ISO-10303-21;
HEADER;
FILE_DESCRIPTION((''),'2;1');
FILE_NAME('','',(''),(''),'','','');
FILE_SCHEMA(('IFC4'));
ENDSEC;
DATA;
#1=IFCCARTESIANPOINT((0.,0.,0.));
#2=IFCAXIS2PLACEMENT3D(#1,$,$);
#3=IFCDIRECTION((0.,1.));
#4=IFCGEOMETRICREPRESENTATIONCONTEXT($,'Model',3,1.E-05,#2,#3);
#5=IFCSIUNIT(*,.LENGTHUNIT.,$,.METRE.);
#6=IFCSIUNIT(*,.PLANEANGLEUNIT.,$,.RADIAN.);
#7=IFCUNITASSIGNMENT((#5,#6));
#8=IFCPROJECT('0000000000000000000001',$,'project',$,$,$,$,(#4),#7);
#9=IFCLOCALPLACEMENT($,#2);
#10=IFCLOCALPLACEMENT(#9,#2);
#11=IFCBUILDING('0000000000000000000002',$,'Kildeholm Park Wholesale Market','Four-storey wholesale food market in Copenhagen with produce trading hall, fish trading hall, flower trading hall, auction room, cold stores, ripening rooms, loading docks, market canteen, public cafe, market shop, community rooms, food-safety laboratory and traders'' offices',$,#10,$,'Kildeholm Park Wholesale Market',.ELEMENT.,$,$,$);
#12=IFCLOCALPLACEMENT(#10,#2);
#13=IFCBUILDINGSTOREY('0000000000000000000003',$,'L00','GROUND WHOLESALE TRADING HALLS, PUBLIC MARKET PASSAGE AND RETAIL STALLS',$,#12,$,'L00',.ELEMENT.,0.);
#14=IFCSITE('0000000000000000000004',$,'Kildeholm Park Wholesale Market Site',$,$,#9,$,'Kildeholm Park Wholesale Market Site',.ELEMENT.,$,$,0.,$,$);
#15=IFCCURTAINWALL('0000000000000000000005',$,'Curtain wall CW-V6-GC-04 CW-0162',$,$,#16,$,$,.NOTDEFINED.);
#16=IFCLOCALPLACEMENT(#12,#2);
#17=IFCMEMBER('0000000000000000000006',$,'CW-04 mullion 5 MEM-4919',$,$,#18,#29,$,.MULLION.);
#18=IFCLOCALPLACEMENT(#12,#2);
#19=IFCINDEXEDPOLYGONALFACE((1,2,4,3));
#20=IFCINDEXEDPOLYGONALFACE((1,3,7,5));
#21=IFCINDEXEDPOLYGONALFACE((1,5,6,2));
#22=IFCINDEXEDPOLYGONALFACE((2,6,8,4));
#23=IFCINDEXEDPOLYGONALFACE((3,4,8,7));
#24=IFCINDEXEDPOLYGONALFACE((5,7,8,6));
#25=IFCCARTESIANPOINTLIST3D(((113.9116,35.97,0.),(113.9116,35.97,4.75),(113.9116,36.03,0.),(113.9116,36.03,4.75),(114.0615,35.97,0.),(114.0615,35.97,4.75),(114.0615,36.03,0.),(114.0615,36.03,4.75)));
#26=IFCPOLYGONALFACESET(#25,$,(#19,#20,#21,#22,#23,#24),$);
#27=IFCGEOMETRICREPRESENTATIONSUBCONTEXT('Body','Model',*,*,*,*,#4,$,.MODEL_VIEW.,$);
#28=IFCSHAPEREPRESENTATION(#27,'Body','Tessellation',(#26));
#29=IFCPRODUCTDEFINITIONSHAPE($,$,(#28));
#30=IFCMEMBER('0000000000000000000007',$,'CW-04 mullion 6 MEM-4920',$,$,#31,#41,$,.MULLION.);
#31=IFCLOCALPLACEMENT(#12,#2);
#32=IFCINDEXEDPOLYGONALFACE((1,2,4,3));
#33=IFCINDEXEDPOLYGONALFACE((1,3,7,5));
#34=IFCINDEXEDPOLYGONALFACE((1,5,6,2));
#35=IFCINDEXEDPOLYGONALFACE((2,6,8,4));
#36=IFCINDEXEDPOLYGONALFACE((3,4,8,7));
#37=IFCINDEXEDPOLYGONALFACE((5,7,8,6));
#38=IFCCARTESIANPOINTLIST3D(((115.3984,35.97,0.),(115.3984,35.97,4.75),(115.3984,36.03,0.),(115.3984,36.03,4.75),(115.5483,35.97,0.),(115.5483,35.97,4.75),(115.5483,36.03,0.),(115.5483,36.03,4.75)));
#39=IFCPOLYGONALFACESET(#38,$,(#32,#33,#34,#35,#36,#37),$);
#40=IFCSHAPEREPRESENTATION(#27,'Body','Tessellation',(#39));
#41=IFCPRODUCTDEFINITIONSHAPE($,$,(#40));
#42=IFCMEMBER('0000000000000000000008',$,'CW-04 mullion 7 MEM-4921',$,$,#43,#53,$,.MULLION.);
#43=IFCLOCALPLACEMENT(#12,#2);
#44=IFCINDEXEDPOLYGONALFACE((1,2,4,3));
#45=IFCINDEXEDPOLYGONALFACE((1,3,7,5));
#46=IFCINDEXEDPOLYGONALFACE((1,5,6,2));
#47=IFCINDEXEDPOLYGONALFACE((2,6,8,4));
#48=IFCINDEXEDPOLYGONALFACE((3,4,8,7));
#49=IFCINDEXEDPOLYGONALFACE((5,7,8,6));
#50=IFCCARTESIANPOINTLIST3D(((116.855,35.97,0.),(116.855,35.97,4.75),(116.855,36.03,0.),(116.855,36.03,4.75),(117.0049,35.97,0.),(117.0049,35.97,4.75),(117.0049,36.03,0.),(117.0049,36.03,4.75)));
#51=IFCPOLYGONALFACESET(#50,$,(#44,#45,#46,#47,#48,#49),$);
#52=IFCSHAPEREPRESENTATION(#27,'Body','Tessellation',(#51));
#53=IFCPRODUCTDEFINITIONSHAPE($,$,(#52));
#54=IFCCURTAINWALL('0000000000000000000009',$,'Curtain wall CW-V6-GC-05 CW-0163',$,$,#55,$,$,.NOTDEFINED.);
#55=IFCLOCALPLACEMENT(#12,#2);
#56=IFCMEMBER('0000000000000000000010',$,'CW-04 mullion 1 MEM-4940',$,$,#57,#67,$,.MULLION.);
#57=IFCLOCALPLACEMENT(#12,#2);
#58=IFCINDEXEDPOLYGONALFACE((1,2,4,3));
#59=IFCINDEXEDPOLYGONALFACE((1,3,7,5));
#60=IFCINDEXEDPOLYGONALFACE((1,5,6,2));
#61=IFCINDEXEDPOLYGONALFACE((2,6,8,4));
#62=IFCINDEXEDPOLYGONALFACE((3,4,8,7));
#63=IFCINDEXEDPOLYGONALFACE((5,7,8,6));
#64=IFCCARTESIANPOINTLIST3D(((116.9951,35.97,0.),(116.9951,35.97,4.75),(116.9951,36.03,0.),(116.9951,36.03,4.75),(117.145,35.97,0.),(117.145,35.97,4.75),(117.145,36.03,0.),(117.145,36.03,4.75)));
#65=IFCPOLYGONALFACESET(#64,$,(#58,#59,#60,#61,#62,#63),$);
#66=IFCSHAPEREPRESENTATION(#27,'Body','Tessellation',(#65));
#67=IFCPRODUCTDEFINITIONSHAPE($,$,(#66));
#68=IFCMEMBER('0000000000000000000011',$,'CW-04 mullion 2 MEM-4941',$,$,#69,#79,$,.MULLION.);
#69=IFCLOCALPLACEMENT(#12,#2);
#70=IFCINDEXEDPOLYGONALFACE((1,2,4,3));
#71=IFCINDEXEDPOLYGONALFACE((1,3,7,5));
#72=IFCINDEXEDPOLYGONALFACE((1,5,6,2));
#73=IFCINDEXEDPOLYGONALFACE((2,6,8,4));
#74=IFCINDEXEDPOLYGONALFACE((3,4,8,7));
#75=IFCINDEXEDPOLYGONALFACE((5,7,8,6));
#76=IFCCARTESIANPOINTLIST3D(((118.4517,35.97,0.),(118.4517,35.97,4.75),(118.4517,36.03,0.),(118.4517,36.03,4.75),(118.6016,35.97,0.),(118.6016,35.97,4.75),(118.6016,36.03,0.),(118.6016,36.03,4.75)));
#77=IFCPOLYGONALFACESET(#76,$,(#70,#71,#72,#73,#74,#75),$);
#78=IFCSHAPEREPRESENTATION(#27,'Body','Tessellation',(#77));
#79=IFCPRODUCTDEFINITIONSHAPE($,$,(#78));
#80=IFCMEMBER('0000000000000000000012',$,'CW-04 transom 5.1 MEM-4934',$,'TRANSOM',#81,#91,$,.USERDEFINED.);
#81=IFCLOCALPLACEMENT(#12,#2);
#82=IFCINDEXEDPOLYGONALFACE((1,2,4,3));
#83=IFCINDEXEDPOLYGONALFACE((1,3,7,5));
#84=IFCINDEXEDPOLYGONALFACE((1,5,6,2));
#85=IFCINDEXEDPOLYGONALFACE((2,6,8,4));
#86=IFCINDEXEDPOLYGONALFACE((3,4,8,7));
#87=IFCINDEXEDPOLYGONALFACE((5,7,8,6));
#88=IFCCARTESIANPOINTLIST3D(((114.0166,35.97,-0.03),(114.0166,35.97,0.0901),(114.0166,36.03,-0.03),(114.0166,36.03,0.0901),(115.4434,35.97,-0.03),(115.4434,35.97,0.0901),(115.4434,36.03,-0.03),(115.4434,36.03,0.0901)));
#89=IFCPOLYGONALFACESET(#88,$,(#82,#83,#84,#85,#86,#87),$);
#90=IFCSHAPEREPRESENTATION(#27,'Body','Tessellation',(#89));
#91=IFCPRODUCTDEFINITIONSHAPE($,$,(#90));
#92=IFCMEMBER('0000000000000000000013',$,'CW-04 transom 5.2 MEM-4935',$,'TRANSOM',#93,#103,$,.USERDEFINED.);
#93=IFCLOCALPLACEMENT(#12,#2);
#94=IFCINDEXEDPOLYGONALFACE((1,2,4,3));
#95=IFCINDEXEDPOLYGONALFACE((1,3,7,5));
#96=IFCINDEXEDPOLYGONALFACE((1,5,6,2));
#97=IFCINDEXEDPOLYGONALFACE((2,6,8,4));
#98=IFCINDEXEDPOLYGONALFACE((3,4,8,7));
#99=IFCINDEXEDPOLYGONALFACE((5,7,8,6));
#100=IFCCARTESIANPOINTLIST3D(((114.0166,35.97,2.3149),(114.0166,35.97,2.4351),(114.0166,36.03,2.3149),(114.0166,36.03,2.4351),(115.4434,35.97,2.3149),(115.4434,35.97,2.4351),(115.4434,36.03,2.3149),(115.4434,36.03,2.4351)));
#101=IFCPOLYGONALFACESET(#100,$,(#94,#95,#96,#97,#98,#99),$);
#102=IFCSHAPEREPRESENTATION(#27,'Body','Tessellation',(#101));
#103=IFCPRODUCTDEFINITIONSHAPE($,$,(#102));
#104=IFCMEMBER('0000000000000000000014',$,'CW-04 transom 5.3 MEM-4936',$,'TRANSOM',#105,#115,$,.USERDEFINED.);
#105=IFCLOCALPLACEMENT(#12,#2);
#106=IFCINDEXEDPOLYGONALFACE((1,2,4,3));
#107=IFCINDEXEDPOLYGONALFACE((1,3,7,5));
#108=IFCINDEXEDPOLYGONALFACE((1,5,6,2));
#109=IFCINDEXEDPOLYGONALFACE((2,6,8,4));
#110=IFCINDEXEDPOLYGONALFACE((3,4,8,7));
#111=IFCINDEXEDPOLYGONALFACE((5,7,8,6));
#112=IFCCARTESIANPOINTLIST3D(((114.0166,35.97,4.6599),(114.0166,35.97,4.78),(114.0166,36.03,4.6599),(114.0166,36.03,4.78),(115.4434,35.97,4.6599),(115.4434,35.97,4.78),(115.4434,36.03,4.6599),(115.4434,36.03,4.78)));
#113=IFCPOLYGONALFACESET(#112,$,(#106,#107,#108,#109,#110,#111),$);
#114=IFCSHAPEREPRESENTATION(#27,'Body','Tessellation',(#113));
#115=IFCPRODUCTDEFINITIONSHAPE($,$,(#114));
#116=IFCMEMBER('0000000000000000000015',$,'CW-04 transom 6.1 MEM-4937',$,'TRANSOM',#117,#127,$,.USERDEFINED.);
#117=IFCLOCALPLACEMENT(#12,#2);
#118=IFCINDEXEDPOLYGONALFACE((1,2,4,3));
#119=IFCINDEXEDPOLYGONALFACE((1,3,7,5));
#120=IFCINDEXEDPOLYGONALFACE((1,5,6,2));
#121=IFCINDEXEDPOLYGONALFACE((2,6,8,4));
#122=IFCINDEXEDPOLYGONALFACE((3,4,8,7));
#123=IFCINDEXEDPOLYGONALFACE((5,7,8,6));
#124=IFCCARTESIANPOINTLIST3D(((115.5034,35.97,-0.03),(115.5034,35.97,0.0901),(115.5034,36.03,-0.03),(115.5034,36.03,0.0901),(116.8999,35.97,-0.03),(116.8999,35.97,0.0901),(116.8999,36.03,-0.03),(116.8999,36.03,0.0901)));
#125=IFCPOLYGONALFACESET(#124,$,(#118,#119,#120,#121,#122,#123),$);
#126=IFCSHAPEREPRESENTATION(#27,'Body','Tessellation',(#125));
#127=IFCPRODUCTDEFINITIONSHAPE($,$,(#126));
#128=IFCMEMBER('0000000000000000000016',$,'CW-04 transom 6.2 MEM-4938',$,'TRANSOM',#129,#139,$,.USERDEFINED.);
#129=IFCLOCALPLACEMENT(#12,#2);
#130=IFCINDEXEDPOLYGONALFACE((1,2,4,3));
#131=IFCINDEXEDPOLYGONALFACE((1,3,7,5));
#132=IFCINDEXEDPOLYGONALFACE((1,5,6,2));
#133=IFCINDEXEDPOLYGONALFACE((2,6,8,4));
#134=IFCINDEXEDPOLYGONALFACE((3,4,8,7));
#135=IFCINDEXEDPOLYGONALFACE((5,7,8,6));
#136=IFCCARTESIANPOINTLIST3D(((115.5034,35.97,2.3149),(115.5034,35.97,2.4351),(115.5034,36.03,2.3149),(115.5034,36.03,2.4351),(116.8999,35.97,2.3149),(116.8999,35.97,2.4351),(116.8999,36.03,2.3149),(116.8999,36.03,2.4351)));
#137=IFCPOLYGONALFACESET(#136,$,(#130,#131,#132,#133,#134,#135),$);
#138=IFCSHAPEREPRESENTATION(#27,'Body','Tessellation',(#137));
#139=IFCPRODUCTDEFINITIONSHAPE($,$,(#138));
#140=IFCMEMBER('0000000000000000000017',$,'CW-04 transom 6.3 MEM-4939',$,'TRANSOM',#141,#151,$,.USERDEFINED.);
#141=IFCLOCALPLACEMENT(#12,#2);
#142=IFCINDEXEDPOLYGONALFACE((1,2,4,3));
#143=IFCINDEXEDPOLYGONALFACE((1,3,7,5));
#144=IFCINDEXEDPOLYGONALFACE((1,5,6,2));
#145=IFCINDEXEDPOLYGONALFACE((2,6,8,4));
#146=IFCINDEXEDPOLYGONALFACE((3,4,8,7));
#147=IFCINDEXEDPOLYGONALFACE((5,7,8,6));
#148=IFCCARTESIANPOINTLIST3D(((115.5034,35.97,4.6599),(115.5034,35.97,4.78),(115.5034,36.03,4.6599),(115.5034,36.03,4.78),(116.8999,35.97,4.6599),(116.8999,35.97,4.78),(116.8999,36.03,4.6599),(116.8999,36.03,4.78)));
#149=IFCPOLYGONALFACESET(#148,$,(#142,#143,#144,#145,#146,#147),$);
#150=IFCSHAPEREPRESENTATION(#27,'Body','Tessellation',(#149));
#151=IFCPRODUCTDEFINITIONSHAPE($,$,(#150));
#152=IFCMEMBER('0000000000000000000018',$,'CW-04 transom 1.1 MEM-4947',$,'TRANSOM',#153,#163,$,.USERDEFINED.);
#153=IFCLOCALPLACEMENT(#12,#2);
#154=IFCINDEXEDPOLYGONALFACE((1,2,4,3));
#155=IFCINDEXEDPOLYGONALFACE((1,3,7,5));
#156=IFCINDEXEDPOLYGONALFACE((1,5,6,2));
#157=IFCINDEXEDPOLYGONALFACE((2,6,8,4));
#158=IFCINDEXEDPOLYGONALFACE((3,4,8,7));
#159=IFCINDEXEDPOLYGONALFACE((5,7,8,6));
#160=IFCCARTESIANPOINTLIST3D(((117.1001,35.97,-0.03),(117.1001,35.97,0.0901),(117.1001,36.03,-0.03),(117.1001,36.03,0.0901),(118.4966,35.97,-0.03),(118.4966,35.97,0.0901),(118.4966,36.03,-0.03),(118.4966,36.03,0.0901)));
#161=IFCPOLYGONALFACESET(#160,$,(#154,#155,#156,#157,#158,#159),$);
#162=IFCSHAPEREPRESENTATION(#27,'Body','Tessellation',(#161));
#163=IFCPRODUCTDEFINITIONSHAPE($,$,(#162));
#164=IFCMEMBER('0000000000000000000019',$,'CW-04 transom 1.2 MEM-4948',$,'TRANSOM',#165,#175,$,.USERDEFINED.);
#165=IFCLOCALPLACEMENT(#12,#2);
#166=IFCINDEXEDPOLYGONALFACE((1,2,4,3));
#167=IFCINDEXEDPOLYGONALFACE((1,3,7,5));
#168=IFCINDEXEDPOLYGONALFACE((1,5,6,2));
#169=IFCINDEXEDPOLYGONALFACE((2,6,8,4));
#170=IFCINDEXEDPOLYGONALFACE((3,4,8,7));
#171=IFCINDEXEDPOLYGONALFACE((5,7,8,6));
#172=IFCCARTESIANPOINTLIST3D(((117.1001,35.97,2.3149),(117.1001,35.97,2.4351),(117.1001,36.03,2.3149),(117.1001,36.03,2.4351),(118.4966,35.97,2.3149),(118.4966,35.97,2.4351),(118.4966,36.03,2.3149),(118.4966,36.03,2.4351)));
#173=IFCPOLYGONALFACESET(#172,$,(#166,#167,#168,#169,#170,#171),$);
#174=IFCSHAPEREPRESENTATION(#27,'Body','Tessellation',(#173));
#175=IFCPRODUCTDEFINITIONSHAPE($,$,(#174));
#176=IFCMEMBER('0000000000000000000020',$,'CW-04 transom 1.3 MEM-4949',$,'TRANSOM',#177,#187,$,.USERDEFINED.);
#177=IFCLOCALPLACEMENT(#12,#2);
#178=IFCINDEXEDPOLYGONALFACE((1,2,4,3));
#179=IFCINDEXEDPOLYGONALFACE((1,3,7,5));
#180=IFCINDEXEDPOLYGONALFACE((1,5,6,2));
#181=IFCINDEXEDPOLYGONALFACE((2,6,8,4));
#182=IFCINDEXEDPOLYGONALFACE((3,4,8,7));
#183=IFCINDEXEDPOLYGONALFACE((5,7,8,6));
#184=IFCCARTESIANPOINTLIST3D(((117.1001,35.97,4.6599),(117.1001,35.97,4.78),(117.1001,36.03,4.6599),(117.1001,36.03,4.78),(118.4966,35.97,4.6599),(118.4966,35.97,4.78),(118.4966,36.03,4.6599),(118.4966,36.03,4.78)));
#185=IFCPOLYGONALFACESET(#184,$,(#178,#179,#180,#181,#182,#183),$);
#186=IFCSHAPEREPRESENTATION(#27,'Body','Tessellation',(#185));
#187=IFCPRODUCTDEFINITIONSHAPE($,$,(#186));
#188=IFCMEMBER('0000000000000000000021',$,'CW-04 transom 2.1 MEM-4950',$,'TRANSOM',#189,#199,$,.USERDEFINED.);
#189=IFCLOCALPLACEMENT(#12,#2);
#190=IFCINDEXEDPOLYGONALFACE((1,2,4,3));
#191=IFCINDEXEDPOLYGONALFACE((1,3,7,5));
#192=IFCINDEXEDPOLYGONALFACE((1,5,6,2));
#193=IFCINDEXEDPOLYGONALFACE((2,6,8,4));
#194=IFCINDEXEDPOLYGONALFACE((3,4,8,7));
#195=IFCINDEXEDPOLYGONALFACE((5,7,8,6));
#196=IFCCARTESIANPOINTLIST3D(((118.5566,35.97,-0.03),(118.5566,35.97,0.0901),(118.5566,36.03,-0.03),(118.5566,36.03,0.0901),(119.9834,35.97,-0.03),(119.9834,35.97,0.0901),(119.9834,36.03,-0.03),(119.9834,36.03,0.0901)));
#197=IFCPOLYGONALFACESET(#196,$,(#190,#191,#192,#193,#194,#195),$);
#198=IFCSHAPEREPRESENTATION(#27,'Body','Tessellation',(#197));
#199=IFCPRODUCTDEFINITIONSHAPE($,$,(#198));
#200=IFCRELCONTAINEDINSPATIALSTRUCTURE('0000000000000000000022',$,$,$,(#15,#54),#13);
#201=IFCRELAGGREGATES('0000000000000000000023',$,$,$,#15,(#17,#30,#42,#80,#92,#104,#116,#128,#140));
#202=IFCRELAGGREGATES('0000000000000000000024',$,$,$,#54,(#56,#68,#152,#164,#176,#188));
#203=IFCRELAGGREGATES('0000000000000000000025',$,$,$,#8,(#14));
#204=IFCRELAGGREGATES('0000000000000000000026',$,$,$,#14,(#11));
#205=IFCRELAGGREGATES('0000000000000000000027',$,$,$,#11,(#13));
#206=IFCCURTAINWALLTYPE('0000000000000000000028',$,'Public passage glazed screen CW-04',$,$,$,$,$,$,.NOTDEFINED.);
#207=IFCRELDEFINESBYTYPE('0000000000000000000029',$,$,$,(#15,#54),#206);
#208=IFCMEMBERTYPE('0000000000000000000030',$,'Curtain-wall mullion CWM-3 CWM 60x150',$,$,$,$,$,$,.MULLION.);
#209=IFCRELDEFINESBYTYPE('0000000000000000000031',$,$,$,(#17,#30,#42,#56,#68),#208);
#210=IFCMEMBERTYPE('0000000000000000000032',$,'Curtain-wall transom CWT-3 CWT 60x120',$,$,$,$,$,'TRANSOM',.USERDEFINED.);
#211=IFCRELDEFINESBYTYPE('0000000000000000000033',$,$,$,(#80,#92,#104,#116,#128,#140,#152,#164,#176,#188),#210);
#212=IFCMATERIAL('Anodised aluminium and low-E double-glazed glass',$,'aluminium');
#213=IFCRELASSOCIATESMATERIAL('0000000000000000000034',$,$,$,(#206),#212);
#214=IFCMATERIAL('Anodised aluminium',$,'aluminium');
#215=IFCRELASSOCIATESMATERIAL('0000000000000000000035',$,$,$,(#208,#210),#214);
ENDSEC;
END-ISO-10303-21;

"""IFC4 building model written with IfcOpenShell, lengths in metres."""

from ifc_helpers import new_model, si_unit, direction, frame, origin, origin_2d, place, context, subcontext, project, spatial, rectangle, extrude, material, material_profile, profile_set, type_object, element, aggregate, save


model = new_model("IFC4")

# Units and contexts
model_context = context("Model", 3, precision=1e-05, world=origin(), true_north=direction((0.0, 1.0)))
body_context = subcontext(model_context, "Body", "Model", "MODEL_VIEW")
ifc_project = project(units=[si_unit("LENGTHUNIT", "METRE"), si_unit("PLANEANGLEUNIT", "RADIAN")], contexts=[model_context])

# Site, building, storey
site_placement = place(None, origin())
site = spatial("IfcSite", under=ifc_project, at=site_placement, Name="Kildeholm Park Wholesale Market Site", LongName="Kildeholm Park Wholesale Market Site", CompositionType="ELEMENT", RefElevation=0.0)
building_placement = place(site_placement, origin())
building = spatial("IfcBuilding", under=site, at=building_placement, Name="Kildeholm Park Wholesale Market", Description="Four-storey wholesale food market in Copenhagen with produce trading hall, fish trading hall, flower trading hall, auction room, cold stores, ripening rooms, loading docks, market canteen, public cafe, market shop, community rooms, food-safety laboratory and traders' offices", LongName="Kildeholm Park Wholesale Market", CompositionType="ELEMENT")
storey_placement = place(building_placement, origin())
storey = spatial("IfcBuildingStorey", under=building, at=storey_placement, Name="L00", Description="GROUND WHOLESALE TRADING HALLS, PUBLIC MARKET PASSAGE AND RETAIL STALLS", LongName="L00", CompositionType="ELEMENT", Elevation=0.0)

# Curtain walls, members
ifc_material_1 = material(Name="Anodised aluminium and low-E double-glazed glass", Category="aluminium")
curtain_wall_type = type_object("IfcCurtainWallType", Name="Public passage glazed screen CW-04", PredefinedType="NOTDEFINED", material=ifc_material_1)
curtain_wall_1_placement = place(storey_placement, origin())
curtain_wall_1 = element("IfcCurtainWall", 1, at=curtain_wall_1_placement, inside=storey, type_object=curtain_wall_type, Name="Curtain wall CW-V6-GC-04 CW-0162", PredefinedType="NOTDEFINED")
ifc_material_2 = material(Name="Anodised aluminium", Category="aluminium")
ifc_material_profile_1 = material_profile(ifc_material_2, rectangle(XDim=0.0601, YDim=0.1499, at=origin_2d()), Name="CWM 60x150")
ifc_profile_set_1 = profile_set([ifc_material_profile_1], Name="Anodised aluminium")
member_type_1 = type_object("IfcMemberType", Name="Curtain-wall mullion CWM-3 CWM 60x150", PredefinedType="MULLION", material=ifc_profile_set_1)
member_1_placement = place(storey_placement, frame((113.9866, 36.0, 0.0), z_axis=(0.0, 0.0, 1.0), x_axis=(0.0, 1.0, 0.0)))
member_1 = element("IfcMember", 2, at=member_1_placement, type_object=member_type_1, Name="CW-04 mullion 5 MEM-4919", PredefinedType="MULLION", context=body_context, shape_type="SweptSolid", body=[
    extrude(rectangle(XDim=0.0601, YDim=0.1499, at=origin_2d()), origin(), (0.0, 0.0, 1.0), 4.75),
])
member_2_placement = place(storey_placement, frame((115.4734, 36.0, 0.0), z_axis=(0.0, 0.0, 1.0), x_axis=(0.0, 1.0, 0.0)))
member_2 = element("IfcMember", 3, at=member_2_placement, type_object=member_type_1, Name="CW-04 mullion 6 MEM-4920", PredefinedType="MULLION", context=body_context, shape_type="SweptSolid", body=[
    extrude(rectangle(XDim=0.0601, YDim=0.1499, at=origin_2d()), origin(), (0.0, 0.0, 1.0), 4.75),
])
member_3_placement = place(storey_placement, frame((116.9299, 36.0, 0.0), z_axis=(0.0, 0.0, 1.0), x_axis=(0.0, 1.0, 0.0)))
member_3 = element("IfcMember", 4, at=member_3_placement, type_object=member_type_1, Name="CW-04 mullion 7 MEM-4921", PredefinedType="MULLION", context=body_context, shape_type="SweptSolid", body=[
    extrude(rectangle(XDim=0.0601, YDim=0.1499, at=origin_2d()), origin(), (0.0, 0.0, 1.0), 4.75),
])
curtain_wall_2_placement = place(storey_placement, origin())
curtain_wall_2 = element("IfcCurtainWall", 5, at=curtain_wall_2_placement, inside=storey, type_object=curtain_wall_type, Name="Curtain wall CW-V6-GC-05 CW-0163", PredefinedType="NOTDEFINED")
member_4_placement = place(storey_placement, frame((117.0701, 36.0, 0.0), z_axis=(0.0, 0.0, 1.0), x_axis=(0.0, 1.0, 0.0)))
member_4 = element("IfcMember", 6, at=member_4_placement, type_object=member_type_1, Name="CW-04 mullion 1 MEM-4940", PredefinedType="MULLION", context=body_context, shape_type="SweptSolid", body=[
    extrude(rectangle(XDim=0.0601, YDim=0.1499, at=origin_2d()), origin(), (0.0, 0.0, 1.0), 4.75),
])
member_5_placement = place(storey_placement, frame((118.5266, 36.0, 0.0), z_axis=(0.0, 0.0, 1.0), x_axis=(0.0, 1.0, 0.0)))
member_5 = element("IfcMember", 7, at=member_5_placement, type_object=member_type_1, Name="CW-04 mullion 2 MEM-4941", PredefinedType="MULLION", context=body_context, shape_type="SweptSolid", body=[
    extrude(rectangle(XDim=0.0601, YDim=0.1499, at=origin_2d()), origin(), (0.0, 0.0, 1.0), 4.75),
])

# Members
ifc_material_profile_2 = material_profile(ifc_material_2, rectangle(XDim=0.0601, YDim=0.1201, at=origin_2d()), Name="CWT 60x120")
ifc_profile_set_2 = profile_set([ifc_material_profile_2], Name="Anodised aluminium")
member_type_2 = type_object("IfcMemberType", Name="Curtain-wall transom CWT-3 CWT 60x120", ElementType="TRANSOM", PredefinedType="USERDEFINED", material=ifc_profile_set_2)
member_6_placement = place(storey_placement, frame((114.0166, 36.0, 0.03), z_axis=(1.0, 0.0, 0.0), x_axis=(0.0, 1.0, 0.0)))
member_6 = element("IfcMember", 8, at=member_6_placement, type_object=member_type_2, Name="CW-04 transom 5.1 MEM-4934", ObjectType="TRANSOM", PredefinedType="USERDEFINED", context=body_context, shape_type="SweptSolid", body=[
    extrude(rectangle(XDim=0.0601, YDim=0.1201, at=origin_2d()), origin(), (0.0, 0.0, 1.0), 1.4268),
])
member_7_placement = place(storey_placement, frame((114.0166, 36.0, 2.375), z_axis=(1.0, 0.0, 0.0), x_axis=(0.0, 1.0, 0.0)))
member_7 = element("IfcMember", 9, at=member_7_placement, type_object=member_type_2, Name="CW-04 transom 5.2 MEM-4935", ObjectType="TRANSOM", PredefinedType="USERDEFINED", context=body_context, shape_type="SweptSolid", body=[
    extrude(rectangle(XDim=0.0601, YDim=0.1201, at=origin_2d()), origin(), (0.0, 0.0, 1.0), 1.4268),
])
member_8_placement = place(storey_placement, frame((114.0166, 36.0, 4.72), z_axis=(1.0, 0.0, 0.0), x_axis=(0.0, 1.0, 0.0)))
member_8 = element("IfcMember", 10, at=member_8_placement, type_object=member_type_2, Name="CW-04 transom 5.3 MEM-4936", ObjectType="TRANSOM", PredefinedType="USERDEFINED", context=body_context, shape_type="SweptSolid", body=[
    extrude(rectangle(XDim=0.0601, YDim=0.1201, at=origin_2d()), origin(), (0.0, 0.0, 1.0), 1.4268),
])
member_9_placement = place(storey_placement, frame((115.5034, 36.0, 0.03), z_axis=(1.0, 0.0, 0.0), x_axis=(0.0, 1.0, 0.0)))
member_9 = element("IfcMember", 11, at=member_9_placement, type_object=member_type_2, Name="CW-04 transom 6.1 MEM-4937", ObjectType="TRANSOM", PredefinedType="USERDEFINED", context=body_context, shape_type="SweptSolid", body=[
    extrude(rectangle(XDim=0.0601, YDim=0.1201, at=origin_2d()), origin(), (0.0, 0.0, 1.0), 1.3965),
])
member_10_placement = place(storey_placement, frame((115.5034, 36.0, 2.375), z_axis=(1.0, 0.0, 0.0), x_axis=(0.0, 1.0, 0.0)))
member_10 = element("IfcMember", 12, at=member_10_placement, type_object=member_type_2, Name="CW-04 transom 6.2 MEM-4938", ObjectType="TRANSOM", PredefinedType="USERDEFINED", context=body_context, shape_type="SweptSolid", body=[
    extrude(rectangle(XDim=0.0601, YDim=0.1201, at=origin_2d()), origin(), (0.0, 0.0, 1.0), 1.3965),
])
member_11_placement = place(storey_placement, frame((115.5034, 36.0, 4.72), z_axis=(1.0, 0.0, 0.0), x_axis=(0.0, 1.0, 0.0)))
member_11 = element("IfcMember", 13, at=member_11_placement, type_object=member_type_2, Name="CW-04 transom 6.3 MEM-4939", ObjectType="TRANSOM", PredefinedType="USERDEFINED", context=body_context, shape_type="SweptSolid", body=[
    extrude(rectangle(XDim=0.0601, YDim=0.1201, at=origin_2d()), origin(), (0.0, 0.0, 1.0), 1.3965),
])
member_12_placement = place(storey_placement, frame((117.1001, 36.0, 0.03), z_axis=(1.0, 0.0, 0.0), x_axis=(0.0, 1.0, 0.0)))
member_12 = element("IfcMember", 14, at=member_12_placement, type_object=member_type_2, Name="CW-04 transom 1.1 MEM-4947", ObjectType="TRANSOM", PredefinedType="USERDEFINED", context=body_context, shape_type="SweptSolid", body=[
    extrude(rectangle(XDim=0.0601, YDim=0.1201, at=origin_2d()), origin(), (0.0, 0.0, 1.0), 1.3965),
])
member_13_placement = place(storey_placement, frame((117.1001, 36.0, 2.375), z_axis=(1.0, 0.0, 0.0), x_axis=(0.0, 1.0, 0.0)))
member_13 = element("IfcMember", 15, at=member_13_placement, type_object=member_type_2, Name="CW-04 transom 1.2 MEM-4948", ObjectType="TRANSOM", PredefinedType="USERDEFINED", context=body_context, shape_type="SweptSolid", body=[
    extrude(rectangle(XDim=0.0601, YDim=0.1201, at=origin_2d()), origin(), (0.0, 0.0, 1.0), 1.3965),
])
member_14_placement = place(storey_placement, frame((117.1001, 36.0, 4.72), z_axis=(1.0, 0.0, 0.0), x_axis=(0.0, 1.0, 0.0)))
member_14 = element("IfcMember", 16, at=member_14_placement, type_object=member_type_2, Name="CW-04 transom 1.3 MEM-4949", ObjectType="TRANSOM", PredefinedType="USERDEFINED", context=body_context, shape_type="SweptSolid", body=[
    extrude(rectangle(XDim=0.0601, YDim=0.1201, at=origin_2d()), origin(), (0.0, 0.0, 1.0), 1.3965),
])
member_15_placement = place(storey_placement, frame((118.5566, 36.0, 0.03), z_axis=(1.0, 0.0, 0.0), x_axis=(0.0, 1.0, 0.0)))
member_15 = element("IfcMember", 17, at=member_15_placement, type_object=member_type_2, Name="CW-04 transom 2.1 MEM-4950", ObjectType="TRANSOM", PredefinedType="USERDEFINED", context=body_context, shape_type="SweptSolid", body=[
    extrude(rectangle(XDim=0.0601, YDim=0.1201, at=origin_2d()), origin(), (0.0, 0.0, 1.0), 1.4268),
])

aggregate(curtain_wall_1, [member_1, member_2, member_3, member_6, member_7, member_8, member_9, member_10, member_11])
aggregate(curtain_wall_2, [member_4, member_5, member_12, member_13, member_14, member_15])

save(model, "model.ifc")
